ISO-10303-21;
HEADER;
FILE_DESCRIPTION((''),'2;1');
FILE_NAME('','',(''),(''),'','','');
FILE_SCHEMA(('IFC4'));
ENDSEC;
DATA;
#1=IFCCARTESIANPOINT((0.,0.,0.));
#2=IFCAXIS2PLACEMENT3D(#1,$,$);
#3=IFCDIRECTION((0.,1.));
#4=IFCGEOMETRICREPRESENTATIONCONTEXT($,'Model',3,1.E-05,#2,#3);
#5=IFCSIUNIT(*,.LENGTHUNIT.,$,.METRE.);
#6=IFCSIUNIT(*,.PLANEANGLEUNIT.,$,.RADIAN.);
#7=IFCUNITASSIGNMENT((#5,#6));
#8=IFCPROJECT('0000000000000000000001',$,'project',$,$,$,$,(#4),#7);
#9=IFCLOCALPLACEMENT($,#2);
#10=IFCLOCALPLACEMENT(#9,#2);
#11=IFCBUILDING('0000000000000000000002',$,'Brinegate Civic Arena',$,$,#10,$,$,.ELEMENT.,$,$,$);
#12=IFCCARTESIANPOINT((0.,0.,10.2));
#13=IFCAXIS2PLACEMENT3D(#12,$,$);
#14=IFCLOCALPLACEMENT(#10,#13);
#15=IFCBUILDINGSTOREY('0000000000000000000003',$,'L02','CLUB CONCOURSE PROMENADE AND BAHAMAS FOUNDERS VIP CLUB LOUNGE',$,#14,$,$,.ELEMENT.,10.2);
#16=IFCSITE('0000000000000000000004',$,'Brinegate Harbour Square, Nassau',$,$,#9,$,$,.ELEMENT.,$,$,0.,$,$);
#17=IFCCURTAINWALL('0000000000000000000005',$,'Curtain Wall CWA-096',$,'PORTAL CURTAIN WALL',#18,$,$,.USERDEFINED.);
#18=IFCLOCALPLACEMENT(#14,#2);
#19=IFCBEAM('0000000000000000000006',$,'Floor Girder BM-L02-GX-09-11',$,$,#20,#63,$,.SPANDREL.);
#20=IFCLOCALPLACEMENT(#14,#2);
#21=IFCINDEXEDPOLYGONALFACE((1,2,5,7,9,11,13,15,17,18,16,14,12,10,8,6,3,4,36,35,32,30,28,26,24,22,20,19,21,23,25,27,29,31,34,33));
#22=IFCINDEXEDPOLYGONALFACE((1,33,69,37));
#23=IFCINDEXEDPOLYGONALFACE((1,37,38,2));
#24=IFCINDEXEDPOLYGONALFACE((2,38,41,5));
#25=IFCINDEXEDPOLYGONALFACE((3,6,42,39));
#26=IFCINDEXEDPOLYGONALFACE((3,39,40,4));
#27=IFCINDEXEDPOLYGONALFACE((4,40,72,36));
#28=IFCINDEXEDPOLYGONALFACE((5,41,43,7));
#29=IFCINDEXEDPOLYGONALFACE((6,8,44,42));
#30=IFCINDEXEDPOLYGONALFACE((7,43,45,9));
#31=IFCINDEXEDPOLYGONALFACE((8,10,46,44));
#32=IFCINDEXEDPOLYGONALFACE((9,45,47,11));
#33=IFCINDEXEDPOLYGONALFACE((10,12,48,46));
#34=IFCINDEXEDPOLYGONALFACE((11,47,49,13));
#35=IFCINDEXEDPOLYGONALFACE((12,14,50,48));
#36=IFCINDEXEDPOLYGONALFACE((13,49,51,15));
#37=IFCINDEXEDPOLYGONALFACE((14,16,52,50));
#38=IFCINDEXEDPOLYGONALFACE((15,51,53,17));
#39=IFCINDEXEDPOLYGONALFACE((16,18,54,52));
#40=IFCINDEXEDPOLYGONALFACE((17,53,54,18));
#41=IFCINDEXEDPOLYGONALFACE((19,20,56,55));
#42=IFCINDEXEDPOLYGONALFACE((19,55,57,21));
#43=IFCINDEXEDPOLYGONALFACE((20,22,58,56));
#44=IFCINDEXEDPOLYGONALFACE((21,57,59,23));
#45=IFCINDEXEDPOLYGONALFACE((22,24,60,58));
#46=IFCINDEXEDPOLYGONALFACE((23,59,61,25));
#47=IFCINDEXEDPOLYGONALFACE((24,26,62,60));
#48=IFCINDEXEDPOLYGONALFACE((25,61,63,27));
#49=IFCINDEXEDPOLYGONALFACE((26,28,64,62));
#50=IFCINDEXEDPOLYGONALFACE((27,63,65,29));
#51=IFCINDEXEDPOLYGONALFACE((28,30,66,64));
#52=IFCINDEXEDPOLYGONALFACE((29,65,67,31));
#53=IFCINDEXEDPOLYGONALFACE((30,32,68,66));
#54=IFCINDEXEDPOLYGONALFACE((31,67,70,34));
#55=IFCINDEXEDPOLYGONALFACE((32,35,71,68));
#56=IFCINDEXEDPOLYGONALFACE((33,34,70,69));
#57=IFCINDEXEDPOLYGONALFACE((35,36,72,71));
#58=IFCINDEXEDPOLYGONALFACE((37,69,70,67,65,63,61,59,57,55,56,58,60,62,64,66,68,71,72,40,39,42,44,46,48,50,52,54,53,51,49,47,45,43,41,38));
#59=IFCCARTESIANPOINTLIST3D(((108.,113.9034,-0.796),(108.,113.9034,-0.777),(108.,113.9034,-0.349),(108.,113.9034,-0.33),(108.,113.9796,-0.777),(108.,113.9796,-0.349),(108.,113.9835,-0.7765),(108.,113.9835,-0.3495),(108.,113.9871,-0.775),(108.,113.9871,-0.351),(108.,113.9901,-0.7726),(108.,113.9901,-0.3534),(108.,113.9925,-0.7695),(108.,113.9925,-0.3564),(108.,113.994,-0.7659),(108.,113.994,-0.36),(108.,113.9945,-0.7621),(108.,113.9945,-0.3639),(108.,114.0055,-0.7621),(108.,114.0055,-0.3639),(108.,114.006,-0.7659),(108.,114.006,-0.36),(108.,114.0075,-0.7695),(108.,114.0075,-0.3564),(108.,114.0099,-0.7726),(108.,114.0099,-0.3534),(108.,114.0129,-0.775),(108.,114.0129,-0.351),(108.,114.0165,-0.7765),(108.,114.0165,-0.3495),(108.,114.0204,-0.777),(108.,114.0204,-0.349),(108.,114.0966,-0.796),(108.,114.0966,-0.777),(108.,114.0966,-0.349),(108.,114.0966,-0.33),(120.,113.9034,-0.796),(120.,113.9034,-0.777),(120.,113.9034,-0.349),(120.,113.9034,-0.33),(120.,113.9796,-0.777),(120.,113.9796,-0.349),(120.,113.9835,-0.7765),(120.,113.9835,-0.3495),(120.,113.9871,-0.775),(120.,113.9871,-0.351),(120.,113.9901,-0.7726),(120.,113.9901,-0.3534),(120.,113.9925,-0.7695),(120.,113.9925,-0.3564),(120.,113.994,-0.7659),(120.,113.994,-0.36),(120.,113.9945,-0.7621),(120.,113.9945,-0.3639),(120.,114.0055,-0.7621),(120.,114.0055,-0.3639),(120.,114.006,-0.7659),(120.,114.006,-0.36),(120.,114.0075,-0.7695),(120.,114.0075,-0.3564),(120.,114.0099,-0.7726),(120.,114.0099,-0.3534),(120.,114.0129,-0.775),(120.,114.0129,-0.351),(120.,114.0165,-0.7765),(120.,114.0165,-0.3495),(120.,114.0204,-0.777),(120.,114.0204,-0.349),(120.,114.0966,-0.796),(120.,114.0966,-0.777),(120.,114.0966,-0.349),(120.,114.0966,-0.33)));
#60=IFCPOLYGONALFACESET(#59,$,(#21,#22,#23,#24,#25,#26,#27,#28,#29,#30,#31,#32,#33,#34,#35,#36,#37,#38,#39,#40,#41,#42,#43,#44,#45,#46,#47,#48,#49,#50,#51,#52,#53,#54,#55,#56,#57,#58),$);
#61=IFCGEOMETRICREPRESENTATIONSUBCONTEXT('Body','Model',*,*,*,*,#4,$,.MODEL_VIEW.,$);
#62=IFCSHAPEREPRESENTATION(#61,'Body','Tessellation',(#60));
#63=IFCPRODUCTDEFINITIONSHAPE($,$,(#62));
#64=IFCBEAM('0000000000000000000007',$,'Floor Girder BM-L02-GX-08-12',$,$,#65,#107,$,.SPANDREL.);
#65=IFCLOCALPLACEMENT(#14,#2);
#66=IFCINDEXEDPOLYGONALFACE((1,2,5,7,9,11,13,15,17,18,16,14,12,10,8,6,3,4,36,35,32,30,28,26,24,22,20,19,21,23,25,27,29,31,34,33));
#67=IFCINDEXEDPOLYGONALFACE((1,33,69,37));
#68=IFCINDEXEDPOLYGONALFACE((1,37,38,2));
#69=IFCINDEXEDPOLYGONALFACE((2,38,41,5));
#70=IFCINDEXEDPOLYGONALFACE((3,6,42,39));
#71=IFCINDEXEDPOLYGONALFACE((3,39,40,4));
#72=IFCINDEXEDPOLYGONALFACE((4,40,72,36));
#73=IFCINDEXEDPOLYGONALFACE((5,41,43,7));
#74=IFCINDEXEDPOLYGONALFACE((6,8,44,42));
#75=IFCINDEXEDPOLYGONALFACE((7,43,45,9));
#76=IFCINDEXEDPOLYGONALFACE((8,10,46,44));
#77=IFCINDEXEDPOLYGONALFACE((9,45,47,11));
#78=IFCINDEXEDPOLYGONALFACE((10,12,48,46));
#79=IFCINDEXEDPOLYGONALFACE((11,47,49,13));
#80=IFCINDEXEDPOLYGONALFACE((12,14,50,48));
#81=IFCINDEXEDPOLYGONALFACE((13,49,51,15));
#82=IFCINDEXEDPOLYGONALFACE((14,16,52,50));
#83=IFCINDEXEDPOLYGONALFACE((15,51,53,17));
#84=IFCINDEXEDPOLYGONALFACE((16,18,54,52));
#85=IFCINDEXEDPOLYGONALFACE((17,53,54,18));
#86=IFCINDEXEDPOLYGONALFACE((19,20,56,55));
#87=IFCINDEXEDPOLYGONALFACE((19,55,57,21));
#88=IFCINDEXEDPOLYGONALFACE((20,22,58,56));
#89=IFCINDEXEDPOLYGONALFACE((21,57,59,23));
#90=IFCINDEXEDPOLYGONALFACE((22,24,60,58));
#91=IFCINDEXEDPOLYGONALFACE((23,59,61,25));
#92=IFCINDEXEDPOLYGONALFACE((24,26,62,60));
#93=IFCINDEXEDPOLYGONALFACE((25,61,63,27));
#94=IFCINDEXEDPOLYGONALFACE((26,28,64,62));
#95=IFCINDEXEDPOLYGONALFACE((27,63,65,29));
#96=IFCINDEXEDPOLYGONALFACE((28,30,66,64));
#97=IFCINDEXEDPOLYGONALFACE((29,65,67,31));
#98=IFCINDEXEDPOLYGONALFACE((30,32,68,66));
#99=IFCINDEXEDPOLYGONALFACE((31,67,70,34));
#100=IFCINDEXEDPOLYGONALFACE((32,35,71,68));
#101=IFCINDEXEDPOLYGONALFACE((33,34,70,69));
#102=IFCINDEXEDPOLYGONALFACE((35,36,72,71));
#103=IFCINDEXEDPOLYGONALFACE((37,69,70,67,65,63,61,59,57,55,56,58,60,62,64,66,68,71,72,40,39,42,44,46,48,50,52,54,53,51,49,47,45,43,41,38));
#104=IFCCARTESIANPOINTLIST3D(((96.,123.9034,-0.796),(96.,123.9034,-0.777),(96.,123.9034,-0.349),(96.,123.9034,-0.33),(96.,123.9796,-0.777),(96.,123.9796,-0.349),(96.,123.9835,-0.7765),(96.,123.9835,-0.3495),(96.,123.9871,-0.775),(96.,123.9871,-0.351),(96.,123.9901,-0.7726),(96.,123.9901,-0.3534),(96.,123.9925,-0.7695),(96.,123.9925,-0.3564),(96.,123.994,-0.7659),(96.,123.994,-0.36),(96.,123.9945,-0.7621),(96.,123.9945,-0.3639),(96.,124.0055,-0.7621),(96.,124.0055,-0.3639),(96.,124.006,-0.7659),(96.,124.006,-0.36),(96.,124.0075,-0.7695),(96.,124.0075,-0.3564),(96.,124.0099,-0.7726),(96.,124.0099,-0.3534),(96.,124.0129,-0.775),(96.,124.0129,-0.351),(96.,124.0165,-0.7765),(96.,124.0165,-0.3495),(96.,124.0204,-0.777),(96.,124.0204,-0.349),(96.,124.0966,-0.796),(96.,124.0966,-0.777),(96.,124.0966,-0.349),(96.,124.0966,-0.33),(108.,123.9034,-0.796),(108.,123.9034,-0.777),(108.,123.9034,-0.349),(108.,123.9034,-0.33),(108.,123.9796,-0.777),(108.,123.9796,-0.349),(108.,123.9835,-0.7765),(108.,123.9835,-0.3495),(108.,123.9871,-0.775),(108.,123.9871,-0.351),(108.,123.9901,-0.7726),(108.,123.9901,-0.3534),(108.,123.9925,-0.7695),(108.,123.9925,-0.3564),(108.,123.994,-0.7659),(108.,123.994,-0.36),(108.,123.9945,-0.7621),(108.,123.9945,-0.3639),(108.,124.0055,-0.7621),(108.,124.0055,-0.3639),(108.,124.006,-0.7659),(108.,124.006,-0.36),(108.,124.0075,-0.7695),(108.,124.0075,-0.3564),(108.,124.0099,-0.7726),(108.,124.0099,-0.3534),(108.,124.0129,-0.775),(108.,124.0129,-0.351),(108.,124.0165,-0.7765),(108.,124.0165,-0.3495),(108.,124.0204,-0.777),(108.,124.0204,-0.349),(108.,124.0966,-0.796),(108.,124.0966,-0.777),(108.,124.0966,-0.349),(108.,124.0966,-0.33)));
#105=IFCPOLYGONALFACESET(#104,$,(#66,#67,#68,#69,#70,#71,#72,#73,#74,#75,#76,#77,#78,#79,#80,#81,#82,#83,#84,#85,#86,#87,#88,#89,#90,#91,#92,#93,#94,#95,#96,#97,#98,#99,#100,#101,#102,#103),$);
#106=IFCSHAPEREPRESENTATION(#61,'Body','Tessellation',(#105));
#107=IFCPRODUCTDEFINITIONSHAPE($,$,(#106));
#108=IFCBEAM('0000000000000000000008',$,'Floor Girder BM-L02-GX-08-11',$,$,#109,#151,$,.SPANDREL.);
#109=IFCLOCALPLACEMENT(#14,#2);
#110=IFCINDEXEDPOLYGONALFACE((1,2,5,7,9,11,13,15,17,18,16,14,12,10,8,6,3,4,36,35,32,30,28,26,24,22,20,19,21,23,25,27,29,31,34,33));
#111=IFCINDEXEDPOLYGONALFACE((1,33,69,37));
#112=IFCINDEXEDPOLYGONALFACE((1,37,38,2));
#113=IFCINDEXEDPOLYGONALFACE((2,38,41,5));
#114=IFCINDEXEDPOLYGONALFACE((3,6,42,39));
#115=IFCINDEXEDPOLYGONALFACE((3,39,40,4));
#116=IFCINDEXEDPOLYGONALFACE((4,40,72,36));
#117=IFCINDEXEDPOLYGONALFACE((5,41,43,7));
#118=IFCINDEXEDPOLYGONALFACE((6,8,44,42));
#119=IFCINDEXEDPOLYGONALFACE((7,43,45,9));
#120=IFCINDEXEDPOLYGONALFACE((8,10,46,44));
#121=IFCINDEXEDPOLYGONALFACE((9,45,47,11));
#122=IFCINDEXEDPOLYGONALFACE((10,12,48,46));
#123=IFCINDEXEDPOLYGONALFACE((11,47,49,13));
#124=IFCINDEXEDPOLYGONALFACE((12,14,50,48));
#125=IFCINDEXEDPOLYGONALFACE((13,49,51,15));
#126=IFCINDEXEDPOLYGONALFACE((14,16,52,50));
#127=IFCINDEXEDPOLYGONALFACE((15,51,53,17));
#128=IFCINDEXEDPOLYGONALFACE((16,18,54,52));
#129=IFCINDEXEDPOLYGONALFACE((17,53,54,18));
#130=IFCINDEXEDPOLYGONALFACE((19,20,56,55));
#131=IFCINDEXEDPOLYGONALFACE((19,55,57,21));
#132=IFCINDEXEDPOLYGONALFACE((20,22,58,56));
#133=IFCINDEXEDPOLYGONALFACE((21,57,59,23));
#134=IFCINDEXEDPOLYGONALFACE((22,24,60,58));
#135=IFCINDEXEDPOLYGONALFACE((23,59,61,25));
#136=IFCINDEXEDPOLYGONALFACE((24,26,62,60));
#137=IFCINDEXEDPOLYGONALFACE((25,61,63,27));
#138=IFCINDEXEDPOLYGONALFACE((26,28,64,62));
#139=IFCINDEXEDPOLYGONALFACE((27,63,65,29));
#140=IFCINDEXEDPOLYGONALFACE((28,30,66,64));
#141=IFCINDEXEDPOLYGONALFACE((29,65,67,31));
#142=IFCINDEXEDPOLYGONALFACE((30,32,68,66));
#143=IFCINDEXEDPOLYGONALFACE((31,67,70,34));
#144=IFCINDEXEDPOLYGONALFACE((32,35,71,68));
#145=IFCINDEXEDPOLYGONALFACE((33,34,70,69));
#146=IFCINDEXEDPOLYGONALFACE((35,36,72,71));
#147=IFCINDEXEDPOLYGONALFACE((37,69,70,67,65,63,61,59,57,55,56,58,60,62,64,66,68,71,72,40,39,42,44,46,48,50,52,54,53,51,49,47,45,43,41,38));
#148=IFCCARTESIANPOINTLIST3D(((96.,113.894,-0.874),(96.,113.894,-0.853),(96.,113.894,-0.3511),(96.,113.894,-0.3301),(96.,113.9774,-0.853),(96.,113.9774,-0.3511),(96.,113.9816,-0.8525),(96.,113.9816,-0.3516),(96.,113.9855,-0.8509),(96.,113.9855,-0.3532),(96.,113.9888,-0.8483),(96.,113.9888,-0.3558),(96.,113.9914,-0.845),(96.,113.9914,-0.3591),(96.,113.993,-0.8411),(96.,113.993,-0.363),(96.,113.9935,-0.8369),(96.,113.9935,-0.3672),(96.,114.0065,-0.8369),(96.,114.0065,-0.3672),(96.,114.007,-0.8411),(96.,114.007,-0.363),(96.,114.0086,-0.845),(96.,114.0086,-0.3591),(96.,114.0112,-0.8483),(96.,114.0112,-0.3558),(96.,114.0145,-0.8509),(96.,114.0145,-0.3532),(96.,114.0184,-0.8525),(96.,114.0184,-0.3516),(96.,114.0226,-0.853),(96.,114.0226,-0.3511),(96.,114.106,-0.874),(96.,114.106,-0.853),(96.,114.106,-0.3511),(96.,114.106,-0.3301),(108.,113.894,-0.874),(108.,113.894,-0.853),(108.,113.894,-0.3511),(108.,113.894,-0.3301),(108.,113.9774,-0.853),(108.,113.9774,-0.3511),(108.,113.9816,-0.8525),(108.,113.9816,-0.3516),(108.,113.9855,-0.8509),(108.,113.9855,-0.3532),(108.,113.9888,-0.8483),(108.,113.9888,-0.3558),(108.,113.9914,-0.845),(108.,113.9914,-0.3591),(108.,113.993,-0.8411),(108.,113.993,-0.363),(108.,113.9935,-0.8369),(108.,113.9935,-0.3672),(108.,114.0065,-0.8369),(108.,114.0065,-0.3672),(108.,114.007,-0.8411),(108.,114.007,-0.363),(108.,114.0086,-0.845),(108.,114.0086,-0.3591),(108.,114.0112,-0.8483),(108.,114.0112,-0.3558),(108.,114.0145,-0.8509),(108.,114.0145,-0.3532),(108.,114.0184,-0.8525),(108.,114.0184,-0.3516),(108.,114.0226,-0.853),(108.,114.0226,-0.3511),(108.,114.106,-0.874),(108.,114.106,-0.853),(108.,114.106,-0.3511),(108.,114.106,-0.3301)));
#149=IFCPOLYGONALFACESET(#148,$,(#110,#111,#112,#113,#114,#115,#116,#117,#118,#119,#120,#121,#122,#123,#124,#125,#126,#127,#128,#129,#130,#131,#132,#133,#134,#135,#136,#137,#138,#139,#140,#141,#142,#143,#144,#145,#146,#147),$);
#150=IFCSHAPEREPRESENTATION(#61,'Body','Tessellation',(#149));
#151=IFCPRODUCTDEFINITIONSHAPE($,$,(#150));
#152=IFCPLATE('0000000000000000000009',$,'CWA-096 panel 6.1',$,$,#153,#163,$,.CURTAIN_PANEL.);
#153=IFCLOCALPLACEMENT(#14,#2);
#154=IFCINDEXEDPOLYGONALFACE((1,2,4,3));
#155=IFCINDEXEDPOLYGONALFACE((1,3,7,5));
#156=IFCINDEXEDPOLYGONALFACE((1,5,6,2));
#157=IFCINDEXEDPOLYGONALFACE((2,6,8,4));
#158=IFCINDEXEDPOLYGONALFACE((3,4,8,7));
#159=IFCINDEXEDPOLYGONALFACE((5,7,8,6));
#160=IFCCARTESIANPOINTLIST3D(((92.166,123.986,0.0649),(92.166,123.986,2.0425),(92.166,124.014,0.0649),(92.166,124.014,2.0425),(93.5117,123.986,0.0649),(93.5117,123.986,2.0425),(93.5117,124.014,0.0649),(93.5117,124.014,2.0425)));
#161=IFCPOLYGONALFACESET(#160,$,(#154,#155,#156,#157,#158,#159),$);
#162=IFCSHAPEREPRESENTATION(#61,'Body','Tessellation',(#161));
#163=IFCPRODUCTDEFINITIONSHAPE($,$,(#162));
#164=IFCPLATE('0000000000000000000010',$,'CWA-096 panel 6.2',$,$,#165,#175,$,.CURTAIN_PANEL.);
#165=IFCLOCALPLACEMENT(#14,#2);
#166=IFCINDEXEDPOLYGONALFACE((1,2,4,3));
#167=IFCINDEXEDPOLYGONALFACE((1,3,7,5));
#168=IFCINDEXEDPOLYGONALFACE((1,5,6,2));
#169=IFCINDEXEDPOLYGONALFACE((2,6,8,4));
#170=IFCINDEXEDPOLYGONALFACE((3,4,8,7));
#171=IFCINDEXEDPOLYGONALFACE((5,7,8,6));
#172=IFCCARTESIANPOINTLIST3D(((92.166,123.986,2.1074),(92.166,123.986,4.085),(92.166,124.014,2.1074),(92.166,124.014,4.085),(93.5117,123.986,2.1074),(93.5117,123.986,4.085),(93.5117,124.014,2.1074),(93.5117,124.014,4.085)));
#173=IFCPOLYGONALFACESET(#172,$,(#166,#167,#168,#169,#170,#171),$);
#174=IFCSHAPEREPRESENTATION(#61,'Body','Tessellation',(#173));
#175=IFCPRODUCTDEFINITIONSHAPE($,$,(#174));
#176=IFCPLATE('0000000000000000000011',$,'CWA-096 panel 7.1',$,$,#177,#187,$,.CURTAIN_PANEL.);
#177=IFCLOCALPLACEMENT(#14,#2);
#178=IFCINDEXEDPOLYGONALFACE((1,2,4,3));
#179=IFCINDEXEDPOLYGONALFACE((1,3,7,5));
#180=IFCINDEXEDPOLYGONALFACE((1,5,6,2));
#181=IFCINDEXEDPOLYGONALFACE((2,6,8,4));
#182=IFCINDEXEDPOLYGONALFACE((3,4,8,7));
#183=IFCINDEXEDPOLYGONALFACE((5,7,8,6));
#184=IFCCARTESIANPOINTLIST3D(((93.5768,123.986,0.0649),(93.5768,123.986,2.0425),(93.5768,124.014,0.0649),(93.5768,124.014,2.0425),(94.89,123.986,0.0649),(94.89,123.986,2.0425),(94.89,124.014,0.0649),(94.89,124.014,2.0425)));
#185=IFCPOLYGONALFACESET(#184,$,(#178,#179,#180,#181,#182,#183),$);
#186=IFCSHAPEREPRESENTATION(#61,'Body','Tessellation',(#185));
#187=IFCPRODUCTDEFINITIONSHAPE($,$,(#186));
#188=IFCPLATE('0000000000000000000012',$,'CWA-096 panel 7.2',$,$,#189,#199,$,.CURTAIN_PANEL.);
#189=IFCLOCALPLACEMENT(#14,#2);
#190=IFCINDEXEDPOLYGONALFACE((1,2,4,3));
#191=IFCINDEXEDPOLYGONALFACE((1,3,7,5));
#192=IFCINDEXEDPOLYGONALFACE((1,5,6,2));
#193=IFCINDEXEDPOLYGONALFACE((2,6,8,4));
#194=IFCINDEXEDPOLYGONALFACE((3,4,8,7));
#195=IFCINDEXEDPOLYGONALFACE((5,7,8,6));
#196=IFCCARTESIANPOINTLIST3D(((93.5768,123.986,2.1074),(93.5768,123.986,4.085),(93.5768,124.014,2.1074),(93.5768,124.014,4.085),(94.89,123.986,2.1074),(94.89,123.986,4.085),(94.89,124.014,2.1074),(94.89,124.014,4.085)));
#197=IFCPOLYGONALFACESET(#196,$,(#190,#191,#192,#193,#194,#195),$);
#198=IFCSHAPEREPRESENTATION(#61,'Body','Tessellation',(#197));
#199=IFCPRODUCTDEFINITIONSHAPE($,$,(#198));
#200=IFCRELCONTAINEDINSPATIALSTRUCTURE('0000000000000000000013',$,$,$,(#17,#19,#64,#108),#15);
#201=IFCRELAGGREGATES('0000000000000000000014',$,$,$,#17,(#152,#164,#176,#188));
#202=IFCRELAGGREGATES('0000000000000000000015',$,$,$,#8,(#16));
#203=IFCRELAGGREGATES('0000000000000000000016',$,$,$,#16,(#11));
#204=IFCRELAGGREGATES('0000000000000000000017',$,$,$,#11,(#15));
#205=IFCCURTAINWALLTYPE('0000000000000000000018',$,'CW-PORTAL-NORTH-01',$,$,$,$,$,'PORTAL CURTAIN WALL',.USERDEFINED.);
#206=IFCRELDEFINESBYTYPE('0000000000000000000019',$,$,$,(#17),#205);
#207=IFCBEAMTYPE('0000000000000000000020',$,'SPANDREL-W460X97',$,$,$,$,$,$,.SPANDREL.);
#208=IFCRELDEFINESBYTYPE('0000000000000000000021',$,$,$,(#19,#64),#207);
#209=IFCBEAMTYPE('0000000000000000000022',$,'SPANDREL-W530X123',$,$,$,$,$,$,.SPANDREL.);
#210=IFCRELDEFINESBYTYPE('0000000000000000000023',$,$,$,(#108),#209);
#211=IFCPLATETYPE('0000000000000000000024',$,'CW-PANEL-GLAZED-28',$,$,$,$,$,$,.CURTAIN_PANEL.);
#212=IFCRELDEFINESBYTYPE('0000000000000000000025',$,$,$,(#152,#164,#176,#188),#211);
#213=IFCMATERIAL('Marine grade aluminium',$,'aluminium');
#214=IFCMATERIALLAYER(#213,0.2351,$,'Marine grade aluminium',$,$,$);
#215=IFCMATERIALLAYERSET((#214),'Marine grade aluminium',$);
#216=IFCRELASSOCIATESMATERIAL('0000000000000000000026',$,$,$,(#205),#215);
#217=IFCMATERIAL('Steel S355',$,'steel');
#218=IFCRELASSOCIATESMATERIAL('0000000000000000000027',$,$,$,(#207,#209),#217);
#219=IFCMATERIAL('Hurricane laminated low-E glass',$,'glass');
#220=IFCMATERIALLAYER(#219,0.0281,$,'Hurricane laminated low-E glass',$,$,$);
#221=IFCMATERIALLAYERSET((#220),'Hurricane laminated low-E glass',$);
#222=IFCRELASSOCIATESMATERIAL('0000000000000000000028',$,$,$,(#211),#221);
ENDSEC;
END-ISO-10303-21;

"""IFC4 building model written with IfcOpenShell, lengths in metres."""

from ifc_helpers import new_model, si_unit, direction, frame, origin, origin_2d, place, context, subcontext, project, spatial, rectangle, i_section, extrude, material, layer, layer_set, material_profile, profile_set, type_object, element, aggregate, save


model = new_model("IFC4")

# Units and contexts
model_context = context("Model", 3, precision=1e-05, world=origin(), true_north=direction((0.0, 1.0)))
body_context = subcontext(model_context, "Body", "Model", "MODEL_VIEW")
ifc_project = project(units=[si_unit("LENGTHUNIT", "METRE"), si_unit("PLANEANGLEUNIT", "RADIAN")], contexts=[model_context])

# Site, building, storey
site_placement = place(None, origin())
site = spatial("IfcSite", under=ifc_project, at=site_placement, Name="Brinegate Harbour Square, Nassau", CompositionType="ELEMENT", RefElevation=0.0)
building_placement = place(site_placement, origin())
building = spatial("IfcBuilding", under=site, at=building_placement, Name="Brinegate Civic Arena", CompositionType="ELEMENT")
storey_placement = place(building_placement, frame((0.0, 0.0, 10.2)))
storey = spatial("IfcBuildingStorey", under=building, at=storey_placement, Name="L02", Description="CLUB CONCOURSE PROMENADE AND BAHAMAS FOUNDERS VIP CLUB LOUNGE", CompositionType="ELEMENT", Elevation=10.2)

# Curtain wall
ifc_material_1 = material(Name="Marine grade aluminium", Category="aluminium")
ifc_layer_1 = layer(ifc_material_1, 0.2351, Name="Marine grade aluminium")
ifc_layer_set_1 = layer_set([ifc_layer_1], Name="Marine grade aluminium")
curtain_wall_type = type_object("IfcCurtainWallType", Name="CW-PORTAL-NORTH-01", ElementType="PORTAL CURTAIN WALL", PredefinedType="USERDEFINED", material=ifc_layer_set_1)
curtain_wall_1_placement = place(storey_placement, origin())
curtain_wall_1 = element("IfcCurtainWall", 1, at=curtain_wall_1_placement, inside=storey, type_object=curtain_wall_type, Name="Curtain Wall CWA-096", ObjectType="PORTAL CURTAIN WALL", PredefinedType="USERDEFINED")

# Beams
ifc_material_2 = material(Name="Steel S355", Category="steel")
ifc_material_profile_1 = material_profile(ifc_material_2, i_section(OverallWidth=0.1931, OverallDepth=0.4661, WebThickness=0.011, FlangeThickness=0.019, FilletRadius=0.0149, at=origin_2d()), Name="W460X97")
ifc_profile_set_1 = profile_set([ifc_material_profile_1], Name="Steel S355")
beam_type_1 = type_object("IfcBeamType", Name="SPANDREL-W460X97", PredefinedType="SPANDREL", material=ifc_profile_set_1)
for number, where, z_axis, x_axis, name in (
    (2, (108.0, 114.0, -0.563), (1.0, 0.0, 0.0), (0.0, 1.0, 0.0), "Floor Girder BM-L02-GX-09-11"),
    (3, (96.0, 124.0, -0.563), (1.0, 0.0, 0.0), (0.0, 1.0, 0.0), "Floor Girder BM-L02-GX-08-12"),
):
    element("IfcBeam", number, at=place(storey_placement, frame(where, z_axis=z_axis, x_axis=x_axis)), inside=storey, type_object=beam_type_1, Name=name, PredefinedType="SPANDREL", context=body_context, shape_type="SweptSolid", body=[
        extrude(i_section(OverallWidth=0.1931, OverallDepth=0.4661, WebThickness=0.011, FlangeThickness=0.019, FilletRadius=0.0149, at=origin_2d()), origin(), (0.0, 0.0, 1.0), 12.0),
    ])
ifc_material_profile_2 = material_profile(ifc_material_2, i_section(OverallWidth=0.2119, OverallDepth=0.5439, WebThickness=0.0129, FlangeThickness=0.021, FilletRadius=0.0161, at=origin_2d()), Name="W530X123")
ifc_profile_set_2 = profile_set([ifc_material_profile_2], Name="Steel S355")
beam_type_2 = type_object("IfcBeamType", Name="SPANDREL-W530X123", PredefinedType="SPANDREL", material=ifc_profile_set_2)
beam_1_placement = place(storey_placement, frame((96.0, 114.0, -0.6021), z_axis=(1.0, 0.0, 0.0), x_axis=(0.0, 1.0, 0.0)))
element("IfcBeam", 4, at=beam_1_placement, inside=storey, type_object=beam_type_2, Name="Floor Girder BM-L02-GX-08-11", PredefinedType="SPANDREL", context=body_context, shape_type="SweptSolid", body=[
    extrude(i_section(OverallWidth=0.2119, OverallDepth=0.5439, WebThickness=0.0129, FlangeThickness=0.021, FilletRadius=0.0161, at=origin_2d()), origin(), (0.0, 0.0, 1.0), 12.0),
])

# Plates
ifc_material_3 = material(Name="Hurricane laminated low-E glass", Category="glass")
ifc_layer_2 = layer(ifc_material_3, 0.0281, Name="Hurricane laminated low-E glass")
ifc_layer_set_2 = layer_set([ifc_layer_2], Name="Hurricane laminated low-E glass")
plate_type_1 = type_object("IfcPlateType", Name="CW-PANEL-GLAZED-28", PredefinedType="CURTAIN_PANEL", material=ifc_layer_set_2)
plate_1_placement = place(storey_placement, frame((92.8389, 124.0, 0.0649), z_axis=(0.0, 0.0, 1.0), x_axis=(1.0, 0.0, 0.0)))
plate_1 = element("IfcPlate", 5, at=plate_1_placement, type_object=plate_type_1, Name="CWA-096 panel 6.1", PredefinedType="CURTAIN_PANEL", context=body_context, shape_type="SweptSolid", body=[
    extrude(rectangle(XDim=1.3457, YDim=0.0281, at=origin_2d()), origin(), (0.0, 0.0, 1.0), 1.9775),
])
plate_2_placement = place(storey_placement, frame((92.8389, 124.0, 2.1074), z_axis=(0.0, 0.0, 1.0), x_axis=(1.0, 0.0, 0.0)))
plate_2 = element("IfcPlate", 6, at=plate_2_placement, type_object=plate_type_1, Name="CWA-096 panel 6.2", PredefinedType="CURTAIN_PANEL", context=body_context, shape_type="SweptSolid", body=[
    extrude(rectangle(XDim=1.3457, YDim=0.0281, at=origin_2d()), origin(), (0.0, 0.0, 1.0), 1.9775),
])
plate_3_placement = place(storey_placement, frame((94.2334, 124.0, 0.0649), z_axis=(0.0, 0.0, 1.0), x_axis=(1.0, 0.0, 0.0)))
plate_3 = element("IfcPlate", 7, at=plate_3_placement, type_object=plate_type_1, Name="CWA-096 panel 7.1", PredefinedType="CURTAIN_PANEL", context=body_context, shape_type="SweptSolid", body=[
    extrude(rectangle(XDim=1.3132, YDim=0.0281, at=origin_2d()), origin(), (0.0, 0.0, 1.0), 1.9775),
])
plate_4_placement = place(storey_placement, frame((94.2334, 124.0, 2.1074), z_axis=(0.0, 0.0, 1.0), x_axis=(1.0, 0.0, 0.0)))
plate_4 = element("IfcPlate", 8, at=plate_4_placement, type_object=plate_type_1, Name="CWA-096 panel 7.2", PredefinedType="CURTAIN_PANEL", context=body_context, shape_type="SweptSolid", body=[
    extrude(rectangle(XDim=1.3132, YDim=0.0281, at=origin_2d()), origin(), (0.0, 0.0, 1.0), 1.9775),
])
aggregate(curtain_wall_1, [plate_1, plate_2, plate_3, plate_4])

save(model, "model.ifc")
